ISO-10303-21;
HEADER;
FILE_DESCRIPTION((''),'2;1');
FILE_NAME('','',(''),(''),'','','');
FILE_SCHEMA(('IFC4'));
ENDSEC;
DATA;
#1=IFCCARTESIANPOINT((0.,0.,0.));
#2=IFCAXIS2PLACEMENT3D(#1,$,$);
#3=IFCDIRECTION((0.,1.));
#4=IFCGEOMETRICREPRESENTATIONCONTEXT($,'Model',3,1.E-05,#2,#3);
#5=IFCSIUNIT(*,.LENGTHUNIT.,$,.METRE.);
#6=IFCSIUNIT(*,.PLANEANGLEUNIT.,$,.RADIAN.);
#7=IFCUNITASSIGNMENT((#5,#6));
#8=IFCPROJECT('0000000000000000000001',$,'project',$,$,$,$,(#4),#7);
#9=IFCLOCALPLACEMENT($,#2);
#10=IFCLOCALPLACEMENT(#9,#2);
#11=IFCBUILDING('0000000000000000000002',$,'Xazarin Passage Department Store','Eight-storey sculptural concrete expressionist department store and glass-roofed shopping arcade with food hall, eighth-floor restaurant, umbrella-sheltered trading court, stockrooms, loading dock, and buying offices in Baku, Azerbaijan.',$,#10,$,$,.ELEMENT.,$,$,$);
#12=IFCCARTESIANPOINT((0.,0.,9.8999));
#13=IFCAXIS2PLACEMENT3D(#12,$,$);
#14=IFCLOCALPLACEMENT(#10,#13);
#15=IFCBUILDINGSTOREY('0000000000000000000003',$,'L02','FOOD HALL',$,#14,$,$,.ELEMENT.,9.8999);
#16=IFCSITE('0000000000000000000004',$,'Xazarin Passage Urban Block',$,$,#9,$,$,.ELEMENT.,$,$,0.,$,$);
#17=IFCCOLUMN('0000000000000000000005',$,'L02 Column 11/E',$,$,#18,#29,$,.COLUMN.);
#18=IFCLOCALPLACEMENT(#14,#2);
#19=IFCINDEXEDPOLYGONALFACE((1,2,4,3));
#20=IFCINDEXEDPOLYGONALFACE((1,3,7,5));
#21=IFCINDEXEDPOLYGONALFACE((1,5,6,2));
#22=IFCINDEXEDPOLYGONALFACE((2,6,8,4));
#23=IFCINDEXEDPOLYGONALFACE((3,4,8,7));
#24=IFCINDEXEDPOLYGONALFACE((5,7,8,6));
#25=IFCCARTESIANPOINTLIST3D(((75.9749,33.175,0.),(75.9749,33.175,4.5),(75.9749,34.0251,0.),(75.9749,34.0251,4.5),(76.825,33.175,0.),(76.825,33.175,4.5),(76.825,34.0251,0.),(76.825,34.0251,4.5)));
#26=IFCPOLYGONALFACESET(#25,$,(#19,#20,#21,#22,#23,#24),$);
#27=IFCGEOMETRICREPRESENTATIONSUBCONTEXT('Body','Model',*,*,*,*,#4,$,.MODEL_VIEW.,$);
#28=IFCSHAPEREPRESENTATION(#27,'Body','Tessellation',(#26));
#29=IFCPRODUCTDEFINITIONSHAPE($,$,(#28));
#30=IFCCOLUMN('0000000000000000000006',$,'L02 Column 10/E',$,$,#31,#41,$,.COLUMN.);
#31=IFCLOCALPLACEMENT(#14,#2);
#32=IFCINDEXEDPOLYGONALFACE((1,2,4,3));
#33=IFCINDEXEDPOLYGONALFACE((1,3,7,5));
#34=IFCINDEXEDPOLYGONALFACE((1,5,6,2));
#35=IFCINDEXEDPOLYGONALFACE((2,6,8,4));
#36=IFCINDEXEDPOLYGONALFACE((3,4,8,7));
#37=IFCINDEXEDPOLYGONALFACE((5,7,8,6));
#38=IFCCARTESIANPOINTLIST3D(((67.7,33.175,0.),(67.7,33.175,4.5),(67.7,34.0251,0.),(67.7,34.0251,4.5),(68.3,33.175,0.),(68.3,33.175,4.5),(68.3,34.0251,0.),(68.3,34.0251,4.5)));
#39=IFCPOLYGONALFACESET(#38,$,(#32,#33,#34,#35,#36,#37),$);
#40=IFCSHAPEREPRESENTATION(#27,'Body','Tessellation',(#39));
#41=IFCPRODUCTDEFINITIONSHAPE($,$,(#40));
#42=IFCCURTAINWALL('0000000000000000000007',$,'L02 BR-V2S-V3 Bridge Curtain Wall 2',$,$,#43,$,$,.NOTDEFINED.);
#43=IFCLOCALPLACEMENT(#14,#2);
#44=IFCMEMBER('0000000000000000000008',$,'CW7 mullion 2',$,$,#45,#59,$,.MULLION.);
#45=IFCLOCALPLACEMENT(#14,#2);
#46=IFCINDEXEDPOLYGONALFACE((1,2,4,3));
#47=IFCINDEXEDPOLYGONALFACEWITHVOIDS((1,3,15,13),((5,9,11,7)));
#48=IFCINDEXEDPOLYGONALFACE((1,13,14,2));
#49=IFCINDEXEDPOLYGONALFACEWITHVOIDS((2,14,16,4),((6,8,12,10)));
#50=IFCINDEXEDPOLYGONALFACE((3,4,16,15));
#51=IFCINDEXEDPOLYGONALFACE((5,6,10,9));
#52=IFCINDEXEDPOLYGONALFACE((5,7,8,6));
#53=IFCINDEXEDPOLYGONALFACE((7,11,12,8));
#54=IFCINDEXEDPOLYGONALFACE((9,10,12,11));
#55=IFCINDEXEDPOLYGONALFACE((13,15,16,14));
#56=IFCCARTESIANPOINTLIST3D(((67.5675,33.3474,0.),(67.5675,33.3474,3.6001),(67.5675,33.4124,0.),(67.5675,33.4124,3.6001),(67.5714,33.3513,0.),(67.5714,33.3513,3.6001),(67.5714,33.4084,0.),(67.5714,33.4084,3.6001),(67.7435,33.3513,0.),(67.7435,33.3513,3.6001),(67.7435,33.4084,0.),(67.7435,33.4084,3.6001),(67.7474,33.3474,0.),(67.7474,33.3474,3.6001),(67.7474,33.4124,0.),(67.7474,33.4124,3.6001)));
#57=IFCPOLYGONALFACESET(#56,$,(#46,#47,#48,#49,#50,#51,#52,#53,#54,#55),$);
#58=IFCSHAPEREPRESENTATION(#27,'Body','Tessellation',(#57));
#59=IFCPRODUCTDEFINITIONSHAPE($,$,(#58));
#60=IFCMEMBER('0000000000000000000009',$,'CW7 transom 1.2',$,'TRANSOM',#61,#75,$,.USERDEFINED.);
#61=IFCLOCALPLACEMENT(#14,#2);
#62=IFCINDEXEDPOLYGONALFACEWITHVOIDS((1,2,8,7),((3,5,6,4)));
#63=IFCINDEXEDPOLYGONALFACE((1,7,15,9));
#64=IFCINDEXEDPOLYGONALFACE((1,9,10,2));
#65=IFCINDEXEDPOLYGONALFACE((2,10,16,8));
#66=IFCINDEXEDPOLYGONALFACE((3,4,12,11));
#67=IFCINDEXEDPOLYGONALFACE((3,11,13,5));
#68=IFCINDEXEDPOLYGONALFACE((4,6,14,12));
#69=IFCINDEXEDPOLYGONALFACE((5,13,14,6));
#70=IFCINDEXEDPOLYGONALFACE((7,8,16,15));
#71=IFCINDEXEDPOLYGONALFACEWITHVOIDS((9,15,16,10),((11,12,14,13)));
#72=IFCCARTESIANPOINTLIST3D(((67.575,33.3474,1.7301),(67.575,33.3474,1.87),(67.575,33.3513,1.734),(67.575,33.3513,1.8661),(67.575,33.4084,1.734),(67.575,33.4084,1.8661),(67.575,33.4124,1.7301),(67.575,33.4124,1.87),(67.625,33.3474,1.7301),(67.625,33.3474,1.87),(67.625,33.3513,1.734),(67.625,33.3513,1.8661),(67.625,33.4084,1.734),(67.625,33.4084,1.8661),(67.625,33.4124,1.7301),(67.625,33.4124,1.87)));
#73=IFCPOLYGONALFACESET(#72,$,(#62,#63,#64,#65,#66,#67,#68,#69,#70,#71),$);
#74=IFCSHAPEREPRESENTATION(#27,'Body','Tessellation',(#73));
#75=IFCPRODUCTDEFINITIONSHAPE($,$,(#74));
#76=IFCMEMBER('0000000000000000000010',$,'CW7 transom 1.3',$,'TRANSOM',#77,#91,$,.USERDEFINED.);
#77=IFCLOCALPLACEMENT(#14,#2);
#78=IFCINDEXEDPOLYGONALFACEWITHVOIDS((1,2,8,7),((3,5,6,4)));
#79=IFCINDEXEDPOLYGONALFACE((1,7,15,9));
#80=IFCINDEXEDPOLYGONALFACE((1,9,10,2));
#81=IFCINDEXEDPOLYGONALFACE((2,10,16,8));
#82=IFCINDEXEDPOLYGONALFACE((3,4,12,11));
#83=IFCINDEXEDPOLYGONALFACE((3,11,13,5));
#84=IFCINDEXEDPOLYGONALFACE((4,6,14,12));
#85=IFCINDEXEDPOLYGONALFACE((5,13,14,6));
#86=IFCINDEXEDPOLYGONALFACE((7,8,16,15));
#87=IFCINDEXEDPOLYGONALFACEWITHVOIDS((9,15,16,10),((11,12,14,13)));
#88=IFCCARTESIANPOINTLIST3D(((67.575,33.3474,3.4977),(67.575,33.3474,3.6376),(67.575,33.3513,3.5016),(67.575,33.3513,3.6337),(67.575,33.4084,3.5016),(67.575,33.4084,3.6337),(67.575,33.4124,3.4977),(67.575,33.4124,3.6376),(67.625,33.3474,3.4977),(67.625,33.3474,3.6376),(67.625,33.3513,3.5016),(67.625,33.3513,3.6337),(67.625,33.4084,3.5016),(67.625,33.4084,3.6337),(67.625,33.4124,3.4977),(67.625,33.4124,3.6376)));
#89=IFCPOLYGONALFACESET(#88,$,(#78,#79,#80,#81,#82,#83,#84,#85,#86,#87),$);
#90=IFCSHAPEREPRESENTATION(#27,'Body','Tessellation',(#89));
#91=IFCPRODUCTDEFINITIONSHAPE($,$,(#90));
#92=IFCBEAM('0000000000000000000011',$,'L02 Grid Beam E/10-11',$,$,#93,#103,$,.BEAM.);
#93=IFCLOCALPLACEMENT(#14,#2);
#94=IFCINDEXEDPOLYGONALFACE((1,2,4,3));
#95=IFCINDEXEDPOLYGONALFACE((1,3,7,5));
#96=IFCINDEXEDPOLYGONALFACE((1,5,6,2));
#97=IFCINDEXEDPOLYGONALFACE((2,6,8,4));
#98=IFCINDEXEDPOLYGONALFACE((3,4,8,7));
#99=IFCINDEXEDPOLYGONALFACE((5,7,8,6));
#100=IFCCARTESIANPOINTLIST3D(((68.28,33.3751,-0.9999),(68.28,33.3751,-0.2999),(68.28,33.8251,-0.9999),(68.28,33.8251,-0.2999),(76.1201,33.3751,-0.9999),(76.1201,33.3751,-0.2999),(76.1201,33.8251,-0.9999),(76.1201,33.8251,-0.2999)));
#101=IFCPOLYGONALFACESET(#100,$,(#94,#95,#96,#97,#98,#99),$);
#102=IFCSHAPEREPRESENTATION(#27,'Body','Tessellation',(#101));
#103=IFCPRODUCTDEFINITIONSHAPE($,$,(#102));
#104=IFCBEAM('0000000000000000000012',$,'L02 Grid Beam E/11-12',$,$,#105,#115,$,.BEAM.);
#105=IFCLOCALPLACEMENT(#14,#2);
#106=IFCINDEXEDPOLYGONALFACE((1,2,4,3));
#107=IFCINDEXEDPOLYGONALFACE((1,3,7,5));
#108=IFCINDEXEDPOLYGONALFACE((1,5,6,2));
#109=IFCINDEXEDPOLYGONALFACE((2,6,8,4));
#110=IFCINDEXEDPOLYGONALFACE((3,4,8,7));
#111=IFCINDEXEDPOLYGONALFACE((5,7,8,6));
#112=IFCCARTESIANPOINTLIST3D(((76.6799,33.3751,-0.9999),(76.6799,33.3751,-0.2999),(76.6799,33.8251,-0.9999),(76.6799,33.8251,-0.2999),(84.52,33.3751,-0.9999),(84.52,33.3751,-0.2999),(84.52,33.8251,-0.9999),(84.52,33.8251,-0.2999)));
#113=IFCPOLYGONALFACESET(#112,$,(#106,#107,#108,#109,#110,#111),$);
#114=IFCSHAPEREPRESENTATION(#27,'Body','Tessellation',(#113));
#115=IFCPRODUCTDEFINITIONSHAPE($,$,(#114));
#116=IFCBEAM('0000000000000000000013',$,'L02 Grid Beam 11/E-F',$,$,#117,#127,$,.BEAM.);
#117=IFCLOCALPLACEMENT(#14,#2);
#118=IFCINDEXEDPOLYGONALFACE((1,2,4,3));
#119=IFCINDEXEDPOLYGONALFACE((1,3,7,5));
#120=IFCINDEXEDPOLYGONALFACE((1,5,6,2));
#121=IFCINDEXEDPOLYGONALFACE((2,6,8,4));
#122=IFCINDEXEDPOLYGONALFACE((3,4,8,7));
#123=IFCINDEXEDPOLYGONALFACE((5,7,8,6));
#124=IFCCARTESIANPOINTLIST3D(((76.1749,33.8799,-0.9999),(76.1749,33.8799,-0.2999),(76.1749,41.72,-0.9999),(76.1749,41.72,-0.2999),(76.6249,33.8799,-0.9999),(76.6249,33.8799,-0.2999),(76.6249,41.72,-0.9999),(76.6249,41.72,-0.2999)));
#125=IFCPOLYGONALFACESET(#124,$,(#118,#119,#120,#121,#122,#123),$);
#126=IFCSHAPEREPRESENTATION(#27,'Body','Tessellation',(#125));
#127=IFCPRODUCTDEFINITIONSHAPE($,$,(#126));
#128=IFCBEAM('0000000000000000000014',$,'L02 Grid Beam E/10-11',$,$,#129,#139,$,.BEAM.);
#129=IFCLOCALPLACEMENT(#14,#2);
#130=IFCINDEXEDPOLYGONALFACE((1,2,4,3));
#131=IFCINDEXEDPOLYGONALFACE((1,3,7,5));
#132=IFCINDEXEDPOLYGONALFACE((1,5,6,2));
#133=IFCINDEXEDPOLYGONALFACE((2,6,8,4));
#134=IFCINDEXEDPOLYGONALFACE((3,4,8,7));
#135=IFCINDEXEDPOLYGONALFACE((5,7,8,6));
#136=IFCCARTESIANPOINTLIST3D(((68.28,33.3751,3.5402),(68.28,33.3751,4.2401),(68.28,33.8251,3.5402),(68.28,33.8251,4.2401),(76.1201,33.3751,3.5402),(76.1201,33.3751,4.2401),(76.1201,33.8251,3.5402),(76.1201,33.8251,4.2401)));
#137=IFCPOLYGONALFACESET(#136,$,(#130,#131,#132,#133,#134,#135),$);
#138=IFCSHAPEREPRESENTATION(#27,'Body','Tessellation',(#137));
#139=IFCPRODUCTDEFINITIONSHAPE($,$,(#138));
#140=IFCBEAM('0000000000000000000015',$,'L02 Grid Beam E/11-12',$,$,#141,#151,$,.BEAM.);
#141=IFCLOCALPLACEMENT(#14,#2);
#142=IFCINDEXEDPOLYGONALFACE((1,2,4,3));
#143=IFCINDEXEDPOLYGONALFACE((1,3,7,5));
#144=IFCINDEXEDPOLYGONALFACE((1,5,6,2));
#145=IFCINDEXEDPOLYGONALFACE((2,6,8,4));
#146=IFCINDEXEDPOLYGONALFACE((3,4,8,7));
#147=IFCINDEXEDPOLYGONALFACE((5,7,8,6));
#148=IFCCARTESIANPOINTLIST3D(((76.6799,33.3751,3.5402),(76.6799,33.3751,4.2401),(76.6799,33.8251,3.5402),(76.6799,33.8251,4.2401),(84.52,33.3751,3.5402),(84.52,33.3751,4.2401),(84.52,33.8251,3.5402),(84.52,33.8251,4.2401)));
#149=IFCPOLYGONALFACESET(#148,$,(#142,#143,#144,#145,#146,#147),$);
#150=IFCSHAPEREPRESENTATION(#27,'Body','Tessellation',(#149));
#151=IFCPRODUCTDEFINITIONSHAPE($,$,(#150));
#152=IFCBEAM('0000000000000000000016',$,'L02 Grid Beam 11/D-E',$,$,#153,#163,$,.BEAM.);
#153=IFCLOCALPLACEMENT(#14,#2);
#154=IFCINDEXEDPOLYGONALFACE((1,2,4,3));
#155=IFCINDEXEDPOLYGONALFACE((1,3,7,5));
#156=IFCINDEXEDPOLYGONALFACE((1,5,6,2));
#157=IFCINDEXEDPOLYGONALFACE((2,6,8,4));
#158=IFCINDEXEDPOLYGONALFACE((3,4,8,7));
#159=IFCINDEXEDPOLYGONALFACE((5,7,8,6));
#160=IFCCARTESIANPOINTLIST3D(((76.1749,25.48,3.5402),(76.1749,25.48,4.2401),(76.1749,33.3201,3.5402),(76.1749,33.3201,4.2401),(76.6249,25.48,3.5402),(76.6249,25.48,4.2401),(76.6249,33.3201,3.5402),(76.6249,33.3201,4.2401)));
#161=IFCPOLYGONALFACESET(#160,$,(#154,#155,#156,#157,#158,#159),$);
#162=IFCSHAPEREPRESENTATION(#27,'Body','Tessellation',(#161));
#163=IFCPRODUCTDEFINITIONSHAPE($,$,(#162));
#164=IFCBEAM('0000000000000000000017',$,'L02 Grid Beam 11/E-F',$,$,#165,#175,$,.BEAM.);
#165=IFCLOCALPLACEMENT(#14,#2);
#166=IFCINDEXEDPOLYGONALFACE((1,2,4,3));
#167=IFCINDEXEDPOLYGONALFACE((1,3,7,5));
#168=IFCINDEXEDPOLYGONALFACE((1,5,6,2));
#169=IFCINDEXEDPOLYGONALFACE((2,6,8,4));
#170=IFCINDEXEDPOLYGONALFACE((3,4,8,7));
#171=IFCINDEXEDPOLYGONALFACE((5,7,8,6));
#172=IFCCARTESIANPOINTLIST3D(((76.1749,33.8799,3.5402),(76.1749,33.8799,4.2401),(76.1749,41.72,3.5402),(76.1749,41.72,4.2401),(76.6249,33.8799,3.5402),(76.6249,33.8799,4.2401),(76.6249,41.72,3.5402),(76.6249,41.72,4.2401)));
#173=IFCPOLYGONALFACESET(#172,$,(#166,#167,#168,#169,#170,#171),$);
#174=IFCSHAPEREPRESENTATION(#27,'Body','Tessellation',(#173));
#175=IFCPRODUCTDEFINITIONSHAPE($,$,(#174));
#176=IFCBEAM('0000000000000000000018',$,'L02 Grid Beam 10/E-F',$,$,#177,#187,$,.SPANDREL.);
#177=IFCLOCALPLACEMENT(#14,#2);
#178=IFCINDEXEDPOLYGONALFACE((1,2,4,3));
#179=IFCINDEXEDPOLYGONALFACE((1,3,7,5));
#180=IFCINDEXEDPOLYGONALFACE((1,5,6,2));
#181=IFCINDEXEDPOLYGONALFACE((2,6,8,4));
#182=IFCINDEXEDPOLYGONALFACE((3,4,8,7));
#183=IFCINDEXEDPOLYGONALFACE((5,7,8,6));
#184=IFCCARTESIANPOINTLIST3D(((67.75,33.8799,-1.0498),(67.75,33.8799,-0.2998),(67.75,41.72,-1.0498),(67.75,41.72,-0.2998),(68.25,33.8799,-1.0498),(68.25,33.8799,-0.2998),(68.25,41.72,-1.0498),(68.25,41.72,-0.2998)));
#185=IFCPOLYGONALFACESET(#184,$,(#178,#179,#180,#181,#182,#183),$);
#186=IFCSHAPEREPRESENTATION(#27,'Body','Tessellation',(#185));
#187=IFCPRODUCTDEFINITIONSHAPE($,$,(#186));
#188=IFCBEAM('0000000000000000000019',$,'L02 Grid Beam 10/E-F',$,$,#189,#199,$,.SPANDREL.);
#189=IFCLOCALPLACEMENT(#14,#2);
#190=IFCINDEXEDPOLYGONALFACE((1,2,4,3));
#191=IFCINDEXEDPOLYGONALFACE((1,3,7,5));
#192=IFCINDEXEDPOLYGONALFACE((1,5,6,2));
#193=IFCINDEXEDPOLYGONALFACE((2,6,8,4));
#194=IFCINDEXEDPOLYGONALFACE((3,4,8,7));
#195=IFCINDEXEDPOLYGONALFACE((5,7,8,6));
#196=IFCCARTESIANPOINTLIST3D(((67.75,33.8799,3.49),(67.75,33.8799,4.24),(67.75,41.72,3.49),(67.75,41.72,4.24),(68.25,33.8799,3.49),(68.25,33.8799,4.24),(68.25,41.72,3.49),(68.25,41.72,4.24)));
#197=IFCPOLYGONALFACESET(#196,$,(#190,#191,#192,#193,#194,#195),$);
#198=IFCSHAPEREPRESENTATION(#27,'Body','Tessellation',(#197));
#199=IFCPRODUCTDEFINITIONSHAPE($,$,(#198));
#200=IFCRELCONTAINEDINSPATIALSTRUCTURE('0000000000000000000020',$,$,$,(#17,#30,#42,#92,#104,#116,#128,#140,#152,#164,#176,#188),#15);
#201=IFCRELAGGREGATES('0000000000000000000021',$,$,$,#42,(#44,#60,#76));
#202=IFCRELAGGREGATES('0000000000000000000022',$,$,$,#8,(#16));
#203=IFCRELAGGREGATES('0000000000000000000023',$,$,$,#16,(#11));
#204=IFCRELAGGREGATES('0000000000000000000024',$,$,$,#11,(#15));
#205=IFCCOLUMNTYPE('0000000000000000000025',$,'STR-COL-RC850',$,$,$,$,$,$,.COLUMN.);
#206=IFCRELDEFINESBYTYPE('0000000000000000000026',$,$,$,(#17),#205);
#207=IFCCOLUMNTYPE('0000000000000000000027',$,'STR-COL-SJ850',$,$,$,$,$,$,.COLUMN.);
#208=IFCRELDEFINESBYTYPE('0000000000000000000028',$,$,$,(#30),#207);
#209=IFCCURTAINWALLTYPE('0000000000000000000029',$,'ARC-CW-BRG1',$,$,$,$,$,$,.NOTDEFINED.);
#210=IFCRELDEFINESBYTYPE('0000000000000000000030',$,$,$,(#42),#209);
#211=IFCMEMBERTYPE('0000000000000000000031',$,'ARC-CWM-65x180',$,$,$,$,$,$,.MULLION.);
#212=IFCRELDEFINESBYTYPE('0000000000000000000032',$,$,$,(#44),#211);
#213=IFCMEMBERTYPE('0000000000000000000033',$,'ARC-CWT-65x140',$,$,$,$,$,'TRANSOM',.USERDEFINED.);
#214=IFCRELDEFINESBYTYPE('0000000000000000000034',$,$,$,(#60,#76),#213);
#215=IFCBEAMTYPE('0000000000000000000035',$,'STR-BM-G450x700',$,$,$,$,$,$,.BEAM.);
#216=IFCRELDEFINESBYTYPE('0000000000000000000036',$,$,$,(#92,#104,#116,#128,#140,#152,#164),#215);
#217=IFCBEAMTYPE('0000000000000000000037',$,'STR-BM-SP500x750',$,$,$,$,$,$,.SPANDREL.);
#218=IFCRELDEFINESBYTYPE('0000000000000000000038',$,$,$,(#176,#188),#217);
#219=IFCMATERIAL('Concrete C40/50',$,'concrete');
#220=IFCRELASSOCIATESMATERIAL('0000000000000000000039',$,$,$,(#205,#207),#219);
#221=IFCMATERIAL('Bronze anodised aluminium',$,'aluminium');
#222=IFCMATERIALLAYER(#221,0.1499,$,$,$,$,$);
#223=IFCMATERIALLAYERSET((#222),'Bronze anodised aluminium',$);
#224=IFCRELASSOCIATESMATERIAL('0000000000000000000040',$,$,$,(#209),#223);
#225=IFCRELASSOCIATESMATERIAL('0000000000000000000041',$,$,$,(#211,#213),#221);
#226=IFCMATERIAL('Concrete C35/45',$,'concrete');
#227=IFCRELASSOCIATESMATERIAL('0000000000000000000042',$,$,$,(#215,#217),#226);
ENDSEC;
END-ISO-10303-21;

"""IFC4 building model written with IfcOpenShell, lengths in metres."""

from ifc_helpers import new_model, si_unit, direction, frame, origin, origin_2d, place, context, subcontext, project, spatial, rectangle, hollow_rectangle, extrude, material, layer, layer_set, material_profile, profile_set, type_object, element, aggregate, save


model = new_model("IFC4")

# Units and contexts
model_context = context("Model", 3, precision=1e-05, world=origin(), true_north=direction((0.0, 1.0)))
body_context = subcontext(model_context, "Body", "Model", "MODEL_VIEW")
ifc_project = project(units=[si_unit("LENGTHUNIT", "METRE"), si_unit("PLANEANGLEUNIT", "RADIAN")], contexts=[model_context])

# Site, building, storey
site_placement = place(None, origin())
site = spatial("IfcSite", under=ifc_project, at=site_placement, Name="Xazarin Passage Urban Block", CompositionType="ELEMENT", RefElevation=0.0)
building_placement = place(site_placement, origin())
building = spatial("IfcBuilding", under=site, at=building_placement, Name="Xazarin Passage Department Store", Description="Eight-storey sculptural concrete expressionist department store and glass-roofed shopping arcade with food hall, eighth-floor restaurant, umbrella-sheltered trading court, stockrooms, loading dock, and buying offices in Baku, Azerbaijan.", CompositionType="ELEMENT")
storey_placement = place(building_placement, frame((0.0, 0.0, 9.8999)))
storey = spatial("IfcBuildingStorey", under=building, at=storey_placement, Name="L02", Description="FOOD HALL", CompositionType="ELEMENT", Elevation=9.8999)

# Columns
ifc_material_1 = material(Name="Concrete C40/50", Category="concrete")
ifc_material_profile_1 = material_profile(ifc_material_1, rectangle(XDim=0.8501, YDim=0.8501, at=origin_2d()), Name="RC 850x850")
ifc_profile_set_1 = profile_set([ifc_material_profile_1], Name="Concrete C40/50")
column_type_1 = type_object("IfcColumnType", Name="STR-COL-RC850", PredefinedType="COLUMN", material=ifc_profile_set_1)
column_1_placement = place(storey_placement, frame((76.3999, 33.6001, 0.0), z_axis=(0.0, 0.0, 1.0), x_axis=(1.0, 0.0, 0.0)))
element("IfcColumn", 1, at=column_1_placement, inside=storey, type_object=column_type_1, Name="L02 Column 11/E", PredefinedType="COLUMN", context=body_context, shape_type="SweptSolid", body=[
    extrude(rectangle(XDim=0.8501, YDim=0.8501, at=origin_2d()), origin(), (0.0, 0.0, 1.0), 4.5),
])
ifc_material_profile_2 = material_profile(ifc_material_1, rectangle(XDim=0.6001, YDim=0.8501, at=origin_2d()), Name="RC 600x850")
ifc_profile_set_2 = profile_set([ifc_material_profile_2], Name="Concrete C40/50")
column_type_2 = type_object("IfcColumnType", Name="STR-COL-SJ850", PredefinedType="COLUMN", material=ifc_profile_set_2)
column_2_placement = place(storey_placement, frame((68.0, 33.6001, 0.0), z_axis=(0.0, 0.0, 1.0), x_axis=(1.0, 0.0, 0.0)))
element("IfcColumn", 2, at=column_2_placement, inside=storey, type_object=column_type_2, Name="L02 Column 10/E", PredefinedType="COLUMN", context=body_context, shape_type="SweptSolid", body=[
    extrude(rectangle(XDim=0.6001, YDim=0.8501, at=origin_2d()), origin(), (0.0, 0.0, 1.0), 4.5),
])

# Curtain wall, members
ifc_material_2 = material(Name="Bronze anodised aluminium", Category="aluminium")
ifc_layer_1 = layer(ifc_material_2, 0.1499)
ifc_layer_set_1 = layer_set([ifc_layer_1], Name="Bronze anodised aluminium")
curtain_wall_type = type_object("IfcCurtainWallType", Name="ARC-CW-BRG1", PredefinedType="NOTDEFINED", material=ifc_layer_set_1)
curtain_wall_placement = place(storey_placement, origin())
curtain_wall = element("IfcCurtainWall", 3, at=curtain_wall_placement, inside=storey, type_object=curtain_wall_type, Name="L02 BR-V2S-V3 Bridge Curtain Wall 2", PredefinedType="NOTDEFINED")
ifc_material_profile_3 = material_profile(ifc_material_2, hollow_rectangle(XDim=0.0649, YDim=0.1799, WallThickness=0.0039, at=origin_2d()), Name="ALU 65x180")
ifc_profile_set_3 = profile_set([ifc_material_profile_3], Name="Bronze anodised aluminium")
member_type_1 = type_object("IfcMemberType", Name="ARC-CWM-65x180", PredefinedType="MULLION", material=ifc_profile_set_3)
member_1_placement = place(storey_placement, frame((67.6575, 33.3799, 0.0), z_axis=(0.0, 0.0, 1.0), x_axis=(0.0, 1.0, 0.0)))
member_1 = element("IfcMember", 4, at=member_1_placement, type_object=member_type_1, Name="CW7 mullion 2", PredefinedType="MULLION", context=body_context, shape_type="SweptSolid", body=[
    extrude(hollow_rectangle(XDim=0.0649, YDim=0.1799, WallThickness=0.0039, at=origin_2d()), origin(), (0.0, 0.0, 1.0), 3.6001),
])
ifc_material_profile_4 = material_profile(ifc_material_2, hollow_rectangle(XDim=0.0649, YDim=0.1399, WallThickness=0.0039, at=origin_2d()), Name="ALU 65x140")
ifc_profile_set_4 = profile_set([ifc_material_profile_4], Name="Bronze anodised aluminium")
member_type_2 = type_object("IfcMemberType", Name="ARC-CWT-65x140", ElementType="TRANSOM", PredefinedType="USERDEFINED", material=ifc_profile_set_4)
member_2_placement = place(storey_placement, frame((67.575, 33.3799, 1.8), z_axis=(1.0, 0.0, 0.0), x_axis=(0.0, 1.0, 0.0)))
member_2 = element("IfcMember", 5, at=member_2_placement, type_object=member_type_2, Name="CW7 transom 1.2", ObjectType="TRANSOM", PredefinedType="USERDEFINED", context=body_context, shape_type="SweptSolid", body=[
    extrude(hollow_rectangle(XDim=0.0649, YDim=0.1399, WallThickness=0.0039, at=origin_2d()), origin(), (0.0, 0.0, 1.0), 0.05),
])
member_3_placement = place(storey_placement, frame((67.575, 33.3799, 3.5676), z_axis=(1.0, 0.0, 0.0), x_axis=(0.0, 1.0, 0.0)))
member_3 = element("IfcMember", 6, at=member_3_placement, type_object=member_type_2, Name="CW7 transom 1.3", ObjectType="TRANSOM", PredefinedType="USERDEFINED", context=body_context, shape_type="SweptSolid", body=[
    extrude(hollow_rectangle(XDim=0.0649, YDim=0.1399, WallThickness=0.0039, at=origin_2d()), origin(), (0.0, 0.0, 1.0), 0.05),
])

# Beams
ifc_material_3 = material(Name="Concrete C35/45", Category="concrete")
ifc_material_profile_5 = material_profile(ifc_material_3, rectangle(XDim=0.45, YDim=0.7, at=origin_2d()), Name="RC 450x700")
ifc_profile_set_5 = profile_set([ifc_material_profile_5], Name="Concrete C35/45")
beam_type_1 = type_object("IfcBeamType", Name="STR-BM-G450x700", PredefinedType="BEAM", material=ifc_profile_set_5)
for number, where, z_axis, x_axis, name in (
    (7, (68.28, 33.6001, -0.6499), (1.0, 0.0, 0.0), (0.0, 1.0, 0.0), "L02 Grid Beam E/10-11"),
    (8, (76.6799, 33.6001, -0.6499), (1.0, 0.0, 0.0), (0.0, 1.0, 0.0), "L02 Grid Beam E/11-12"),
    (9, (76.3999, 33.8799, -0.6499), (0.0, 1.0, 0.0), (-1.0, 0.0, 0.0), "L02 Grid Beam 11/E-F"),
    (10, (68.28, 33.6001, 3.8901), (1.0, 0.0, 0.0), (0.0, 1.0, 0.0), "L02 Grid Beam E/10-11"),
    (11, (76.6799, 33.6001, 3.8901), (1.0, 0.0, 0.0), (0.0, 1.0, 0.0), "L02 Grid Beam E/11-12"),
    (12, (76.3999, 25.48, 3.8901), (0.0, 1.0, 0.0), (-1.0, 0.0, 0.0), "L02 Grid Beam 11/D-E"),
    (13, (76.3999, 33.8799, 3.8901), (0.0, 1.0, 0.0), (-1.0, 0.0, 0.0), "L02 Grid Beam 11/E-F"),
):
    element("IfcBeam", number, at=place(storey_placement, frame(where, z_axis=z_axis, x_axis=x_axis)), inside=storey, type_object=beam_type_1, Name=name, PredefinedType="BEAM", context=body_context, shape_type="SweptSolid", body=[
        extrude(rectangle(XDim=0.45, YDim=0.7, at=origin_2d()), origin(), (0.0, 0.0, 1.0), 7.8401),
    ])
ifc_material_profile_6 = material_profile(ifc_material_3, rectangle(XDim=0.5, YDim=0.75, at=origin_2d()), Name="RC 500x750")
ifc_profile_set_6 = profile_set([ifc_material_profile_6], Name="Concrete C35/45")
beam_type_2 = type_object("IfcBeamType", Name="STR-BM-SP500x750", PredefinedType="SPANDREL", material=ifc_profile_set_6)
for number, where, z_axis, x_axis, name in (
    (14, (68.0, 33.8799, -0.6748), (0.0, 1.0, 0.0), (-1.0, 0.0, 0.0), "L02 Grid Beam 10/E-F"),
    (15, (68.0, 33.8799, 3.865), (0.0, 1.0, 0.0), (-1.0, 0.0, 0.0), "L02 Grid Beam 10/E-F"),
):
    element("IfcBeam", number, at=place(storey_placement, frame(where, z_axis=z_axis, x_axis=x_axis)), inside=storey, type_object=beam_type_2, Name=name, PredefinedType="SPANDREL", context=body_context, shape_type="SweptSolid", body=[
        extrude(rectangle(XDim=0.5, YDim=0.75, at=origin_2d()), origin(), (0.0, 0.0, 1.0), 7.8401),
    ])

aggregate(curtain_wall, [member_1, member_2, member_3])

save(model, "model.ifc")
